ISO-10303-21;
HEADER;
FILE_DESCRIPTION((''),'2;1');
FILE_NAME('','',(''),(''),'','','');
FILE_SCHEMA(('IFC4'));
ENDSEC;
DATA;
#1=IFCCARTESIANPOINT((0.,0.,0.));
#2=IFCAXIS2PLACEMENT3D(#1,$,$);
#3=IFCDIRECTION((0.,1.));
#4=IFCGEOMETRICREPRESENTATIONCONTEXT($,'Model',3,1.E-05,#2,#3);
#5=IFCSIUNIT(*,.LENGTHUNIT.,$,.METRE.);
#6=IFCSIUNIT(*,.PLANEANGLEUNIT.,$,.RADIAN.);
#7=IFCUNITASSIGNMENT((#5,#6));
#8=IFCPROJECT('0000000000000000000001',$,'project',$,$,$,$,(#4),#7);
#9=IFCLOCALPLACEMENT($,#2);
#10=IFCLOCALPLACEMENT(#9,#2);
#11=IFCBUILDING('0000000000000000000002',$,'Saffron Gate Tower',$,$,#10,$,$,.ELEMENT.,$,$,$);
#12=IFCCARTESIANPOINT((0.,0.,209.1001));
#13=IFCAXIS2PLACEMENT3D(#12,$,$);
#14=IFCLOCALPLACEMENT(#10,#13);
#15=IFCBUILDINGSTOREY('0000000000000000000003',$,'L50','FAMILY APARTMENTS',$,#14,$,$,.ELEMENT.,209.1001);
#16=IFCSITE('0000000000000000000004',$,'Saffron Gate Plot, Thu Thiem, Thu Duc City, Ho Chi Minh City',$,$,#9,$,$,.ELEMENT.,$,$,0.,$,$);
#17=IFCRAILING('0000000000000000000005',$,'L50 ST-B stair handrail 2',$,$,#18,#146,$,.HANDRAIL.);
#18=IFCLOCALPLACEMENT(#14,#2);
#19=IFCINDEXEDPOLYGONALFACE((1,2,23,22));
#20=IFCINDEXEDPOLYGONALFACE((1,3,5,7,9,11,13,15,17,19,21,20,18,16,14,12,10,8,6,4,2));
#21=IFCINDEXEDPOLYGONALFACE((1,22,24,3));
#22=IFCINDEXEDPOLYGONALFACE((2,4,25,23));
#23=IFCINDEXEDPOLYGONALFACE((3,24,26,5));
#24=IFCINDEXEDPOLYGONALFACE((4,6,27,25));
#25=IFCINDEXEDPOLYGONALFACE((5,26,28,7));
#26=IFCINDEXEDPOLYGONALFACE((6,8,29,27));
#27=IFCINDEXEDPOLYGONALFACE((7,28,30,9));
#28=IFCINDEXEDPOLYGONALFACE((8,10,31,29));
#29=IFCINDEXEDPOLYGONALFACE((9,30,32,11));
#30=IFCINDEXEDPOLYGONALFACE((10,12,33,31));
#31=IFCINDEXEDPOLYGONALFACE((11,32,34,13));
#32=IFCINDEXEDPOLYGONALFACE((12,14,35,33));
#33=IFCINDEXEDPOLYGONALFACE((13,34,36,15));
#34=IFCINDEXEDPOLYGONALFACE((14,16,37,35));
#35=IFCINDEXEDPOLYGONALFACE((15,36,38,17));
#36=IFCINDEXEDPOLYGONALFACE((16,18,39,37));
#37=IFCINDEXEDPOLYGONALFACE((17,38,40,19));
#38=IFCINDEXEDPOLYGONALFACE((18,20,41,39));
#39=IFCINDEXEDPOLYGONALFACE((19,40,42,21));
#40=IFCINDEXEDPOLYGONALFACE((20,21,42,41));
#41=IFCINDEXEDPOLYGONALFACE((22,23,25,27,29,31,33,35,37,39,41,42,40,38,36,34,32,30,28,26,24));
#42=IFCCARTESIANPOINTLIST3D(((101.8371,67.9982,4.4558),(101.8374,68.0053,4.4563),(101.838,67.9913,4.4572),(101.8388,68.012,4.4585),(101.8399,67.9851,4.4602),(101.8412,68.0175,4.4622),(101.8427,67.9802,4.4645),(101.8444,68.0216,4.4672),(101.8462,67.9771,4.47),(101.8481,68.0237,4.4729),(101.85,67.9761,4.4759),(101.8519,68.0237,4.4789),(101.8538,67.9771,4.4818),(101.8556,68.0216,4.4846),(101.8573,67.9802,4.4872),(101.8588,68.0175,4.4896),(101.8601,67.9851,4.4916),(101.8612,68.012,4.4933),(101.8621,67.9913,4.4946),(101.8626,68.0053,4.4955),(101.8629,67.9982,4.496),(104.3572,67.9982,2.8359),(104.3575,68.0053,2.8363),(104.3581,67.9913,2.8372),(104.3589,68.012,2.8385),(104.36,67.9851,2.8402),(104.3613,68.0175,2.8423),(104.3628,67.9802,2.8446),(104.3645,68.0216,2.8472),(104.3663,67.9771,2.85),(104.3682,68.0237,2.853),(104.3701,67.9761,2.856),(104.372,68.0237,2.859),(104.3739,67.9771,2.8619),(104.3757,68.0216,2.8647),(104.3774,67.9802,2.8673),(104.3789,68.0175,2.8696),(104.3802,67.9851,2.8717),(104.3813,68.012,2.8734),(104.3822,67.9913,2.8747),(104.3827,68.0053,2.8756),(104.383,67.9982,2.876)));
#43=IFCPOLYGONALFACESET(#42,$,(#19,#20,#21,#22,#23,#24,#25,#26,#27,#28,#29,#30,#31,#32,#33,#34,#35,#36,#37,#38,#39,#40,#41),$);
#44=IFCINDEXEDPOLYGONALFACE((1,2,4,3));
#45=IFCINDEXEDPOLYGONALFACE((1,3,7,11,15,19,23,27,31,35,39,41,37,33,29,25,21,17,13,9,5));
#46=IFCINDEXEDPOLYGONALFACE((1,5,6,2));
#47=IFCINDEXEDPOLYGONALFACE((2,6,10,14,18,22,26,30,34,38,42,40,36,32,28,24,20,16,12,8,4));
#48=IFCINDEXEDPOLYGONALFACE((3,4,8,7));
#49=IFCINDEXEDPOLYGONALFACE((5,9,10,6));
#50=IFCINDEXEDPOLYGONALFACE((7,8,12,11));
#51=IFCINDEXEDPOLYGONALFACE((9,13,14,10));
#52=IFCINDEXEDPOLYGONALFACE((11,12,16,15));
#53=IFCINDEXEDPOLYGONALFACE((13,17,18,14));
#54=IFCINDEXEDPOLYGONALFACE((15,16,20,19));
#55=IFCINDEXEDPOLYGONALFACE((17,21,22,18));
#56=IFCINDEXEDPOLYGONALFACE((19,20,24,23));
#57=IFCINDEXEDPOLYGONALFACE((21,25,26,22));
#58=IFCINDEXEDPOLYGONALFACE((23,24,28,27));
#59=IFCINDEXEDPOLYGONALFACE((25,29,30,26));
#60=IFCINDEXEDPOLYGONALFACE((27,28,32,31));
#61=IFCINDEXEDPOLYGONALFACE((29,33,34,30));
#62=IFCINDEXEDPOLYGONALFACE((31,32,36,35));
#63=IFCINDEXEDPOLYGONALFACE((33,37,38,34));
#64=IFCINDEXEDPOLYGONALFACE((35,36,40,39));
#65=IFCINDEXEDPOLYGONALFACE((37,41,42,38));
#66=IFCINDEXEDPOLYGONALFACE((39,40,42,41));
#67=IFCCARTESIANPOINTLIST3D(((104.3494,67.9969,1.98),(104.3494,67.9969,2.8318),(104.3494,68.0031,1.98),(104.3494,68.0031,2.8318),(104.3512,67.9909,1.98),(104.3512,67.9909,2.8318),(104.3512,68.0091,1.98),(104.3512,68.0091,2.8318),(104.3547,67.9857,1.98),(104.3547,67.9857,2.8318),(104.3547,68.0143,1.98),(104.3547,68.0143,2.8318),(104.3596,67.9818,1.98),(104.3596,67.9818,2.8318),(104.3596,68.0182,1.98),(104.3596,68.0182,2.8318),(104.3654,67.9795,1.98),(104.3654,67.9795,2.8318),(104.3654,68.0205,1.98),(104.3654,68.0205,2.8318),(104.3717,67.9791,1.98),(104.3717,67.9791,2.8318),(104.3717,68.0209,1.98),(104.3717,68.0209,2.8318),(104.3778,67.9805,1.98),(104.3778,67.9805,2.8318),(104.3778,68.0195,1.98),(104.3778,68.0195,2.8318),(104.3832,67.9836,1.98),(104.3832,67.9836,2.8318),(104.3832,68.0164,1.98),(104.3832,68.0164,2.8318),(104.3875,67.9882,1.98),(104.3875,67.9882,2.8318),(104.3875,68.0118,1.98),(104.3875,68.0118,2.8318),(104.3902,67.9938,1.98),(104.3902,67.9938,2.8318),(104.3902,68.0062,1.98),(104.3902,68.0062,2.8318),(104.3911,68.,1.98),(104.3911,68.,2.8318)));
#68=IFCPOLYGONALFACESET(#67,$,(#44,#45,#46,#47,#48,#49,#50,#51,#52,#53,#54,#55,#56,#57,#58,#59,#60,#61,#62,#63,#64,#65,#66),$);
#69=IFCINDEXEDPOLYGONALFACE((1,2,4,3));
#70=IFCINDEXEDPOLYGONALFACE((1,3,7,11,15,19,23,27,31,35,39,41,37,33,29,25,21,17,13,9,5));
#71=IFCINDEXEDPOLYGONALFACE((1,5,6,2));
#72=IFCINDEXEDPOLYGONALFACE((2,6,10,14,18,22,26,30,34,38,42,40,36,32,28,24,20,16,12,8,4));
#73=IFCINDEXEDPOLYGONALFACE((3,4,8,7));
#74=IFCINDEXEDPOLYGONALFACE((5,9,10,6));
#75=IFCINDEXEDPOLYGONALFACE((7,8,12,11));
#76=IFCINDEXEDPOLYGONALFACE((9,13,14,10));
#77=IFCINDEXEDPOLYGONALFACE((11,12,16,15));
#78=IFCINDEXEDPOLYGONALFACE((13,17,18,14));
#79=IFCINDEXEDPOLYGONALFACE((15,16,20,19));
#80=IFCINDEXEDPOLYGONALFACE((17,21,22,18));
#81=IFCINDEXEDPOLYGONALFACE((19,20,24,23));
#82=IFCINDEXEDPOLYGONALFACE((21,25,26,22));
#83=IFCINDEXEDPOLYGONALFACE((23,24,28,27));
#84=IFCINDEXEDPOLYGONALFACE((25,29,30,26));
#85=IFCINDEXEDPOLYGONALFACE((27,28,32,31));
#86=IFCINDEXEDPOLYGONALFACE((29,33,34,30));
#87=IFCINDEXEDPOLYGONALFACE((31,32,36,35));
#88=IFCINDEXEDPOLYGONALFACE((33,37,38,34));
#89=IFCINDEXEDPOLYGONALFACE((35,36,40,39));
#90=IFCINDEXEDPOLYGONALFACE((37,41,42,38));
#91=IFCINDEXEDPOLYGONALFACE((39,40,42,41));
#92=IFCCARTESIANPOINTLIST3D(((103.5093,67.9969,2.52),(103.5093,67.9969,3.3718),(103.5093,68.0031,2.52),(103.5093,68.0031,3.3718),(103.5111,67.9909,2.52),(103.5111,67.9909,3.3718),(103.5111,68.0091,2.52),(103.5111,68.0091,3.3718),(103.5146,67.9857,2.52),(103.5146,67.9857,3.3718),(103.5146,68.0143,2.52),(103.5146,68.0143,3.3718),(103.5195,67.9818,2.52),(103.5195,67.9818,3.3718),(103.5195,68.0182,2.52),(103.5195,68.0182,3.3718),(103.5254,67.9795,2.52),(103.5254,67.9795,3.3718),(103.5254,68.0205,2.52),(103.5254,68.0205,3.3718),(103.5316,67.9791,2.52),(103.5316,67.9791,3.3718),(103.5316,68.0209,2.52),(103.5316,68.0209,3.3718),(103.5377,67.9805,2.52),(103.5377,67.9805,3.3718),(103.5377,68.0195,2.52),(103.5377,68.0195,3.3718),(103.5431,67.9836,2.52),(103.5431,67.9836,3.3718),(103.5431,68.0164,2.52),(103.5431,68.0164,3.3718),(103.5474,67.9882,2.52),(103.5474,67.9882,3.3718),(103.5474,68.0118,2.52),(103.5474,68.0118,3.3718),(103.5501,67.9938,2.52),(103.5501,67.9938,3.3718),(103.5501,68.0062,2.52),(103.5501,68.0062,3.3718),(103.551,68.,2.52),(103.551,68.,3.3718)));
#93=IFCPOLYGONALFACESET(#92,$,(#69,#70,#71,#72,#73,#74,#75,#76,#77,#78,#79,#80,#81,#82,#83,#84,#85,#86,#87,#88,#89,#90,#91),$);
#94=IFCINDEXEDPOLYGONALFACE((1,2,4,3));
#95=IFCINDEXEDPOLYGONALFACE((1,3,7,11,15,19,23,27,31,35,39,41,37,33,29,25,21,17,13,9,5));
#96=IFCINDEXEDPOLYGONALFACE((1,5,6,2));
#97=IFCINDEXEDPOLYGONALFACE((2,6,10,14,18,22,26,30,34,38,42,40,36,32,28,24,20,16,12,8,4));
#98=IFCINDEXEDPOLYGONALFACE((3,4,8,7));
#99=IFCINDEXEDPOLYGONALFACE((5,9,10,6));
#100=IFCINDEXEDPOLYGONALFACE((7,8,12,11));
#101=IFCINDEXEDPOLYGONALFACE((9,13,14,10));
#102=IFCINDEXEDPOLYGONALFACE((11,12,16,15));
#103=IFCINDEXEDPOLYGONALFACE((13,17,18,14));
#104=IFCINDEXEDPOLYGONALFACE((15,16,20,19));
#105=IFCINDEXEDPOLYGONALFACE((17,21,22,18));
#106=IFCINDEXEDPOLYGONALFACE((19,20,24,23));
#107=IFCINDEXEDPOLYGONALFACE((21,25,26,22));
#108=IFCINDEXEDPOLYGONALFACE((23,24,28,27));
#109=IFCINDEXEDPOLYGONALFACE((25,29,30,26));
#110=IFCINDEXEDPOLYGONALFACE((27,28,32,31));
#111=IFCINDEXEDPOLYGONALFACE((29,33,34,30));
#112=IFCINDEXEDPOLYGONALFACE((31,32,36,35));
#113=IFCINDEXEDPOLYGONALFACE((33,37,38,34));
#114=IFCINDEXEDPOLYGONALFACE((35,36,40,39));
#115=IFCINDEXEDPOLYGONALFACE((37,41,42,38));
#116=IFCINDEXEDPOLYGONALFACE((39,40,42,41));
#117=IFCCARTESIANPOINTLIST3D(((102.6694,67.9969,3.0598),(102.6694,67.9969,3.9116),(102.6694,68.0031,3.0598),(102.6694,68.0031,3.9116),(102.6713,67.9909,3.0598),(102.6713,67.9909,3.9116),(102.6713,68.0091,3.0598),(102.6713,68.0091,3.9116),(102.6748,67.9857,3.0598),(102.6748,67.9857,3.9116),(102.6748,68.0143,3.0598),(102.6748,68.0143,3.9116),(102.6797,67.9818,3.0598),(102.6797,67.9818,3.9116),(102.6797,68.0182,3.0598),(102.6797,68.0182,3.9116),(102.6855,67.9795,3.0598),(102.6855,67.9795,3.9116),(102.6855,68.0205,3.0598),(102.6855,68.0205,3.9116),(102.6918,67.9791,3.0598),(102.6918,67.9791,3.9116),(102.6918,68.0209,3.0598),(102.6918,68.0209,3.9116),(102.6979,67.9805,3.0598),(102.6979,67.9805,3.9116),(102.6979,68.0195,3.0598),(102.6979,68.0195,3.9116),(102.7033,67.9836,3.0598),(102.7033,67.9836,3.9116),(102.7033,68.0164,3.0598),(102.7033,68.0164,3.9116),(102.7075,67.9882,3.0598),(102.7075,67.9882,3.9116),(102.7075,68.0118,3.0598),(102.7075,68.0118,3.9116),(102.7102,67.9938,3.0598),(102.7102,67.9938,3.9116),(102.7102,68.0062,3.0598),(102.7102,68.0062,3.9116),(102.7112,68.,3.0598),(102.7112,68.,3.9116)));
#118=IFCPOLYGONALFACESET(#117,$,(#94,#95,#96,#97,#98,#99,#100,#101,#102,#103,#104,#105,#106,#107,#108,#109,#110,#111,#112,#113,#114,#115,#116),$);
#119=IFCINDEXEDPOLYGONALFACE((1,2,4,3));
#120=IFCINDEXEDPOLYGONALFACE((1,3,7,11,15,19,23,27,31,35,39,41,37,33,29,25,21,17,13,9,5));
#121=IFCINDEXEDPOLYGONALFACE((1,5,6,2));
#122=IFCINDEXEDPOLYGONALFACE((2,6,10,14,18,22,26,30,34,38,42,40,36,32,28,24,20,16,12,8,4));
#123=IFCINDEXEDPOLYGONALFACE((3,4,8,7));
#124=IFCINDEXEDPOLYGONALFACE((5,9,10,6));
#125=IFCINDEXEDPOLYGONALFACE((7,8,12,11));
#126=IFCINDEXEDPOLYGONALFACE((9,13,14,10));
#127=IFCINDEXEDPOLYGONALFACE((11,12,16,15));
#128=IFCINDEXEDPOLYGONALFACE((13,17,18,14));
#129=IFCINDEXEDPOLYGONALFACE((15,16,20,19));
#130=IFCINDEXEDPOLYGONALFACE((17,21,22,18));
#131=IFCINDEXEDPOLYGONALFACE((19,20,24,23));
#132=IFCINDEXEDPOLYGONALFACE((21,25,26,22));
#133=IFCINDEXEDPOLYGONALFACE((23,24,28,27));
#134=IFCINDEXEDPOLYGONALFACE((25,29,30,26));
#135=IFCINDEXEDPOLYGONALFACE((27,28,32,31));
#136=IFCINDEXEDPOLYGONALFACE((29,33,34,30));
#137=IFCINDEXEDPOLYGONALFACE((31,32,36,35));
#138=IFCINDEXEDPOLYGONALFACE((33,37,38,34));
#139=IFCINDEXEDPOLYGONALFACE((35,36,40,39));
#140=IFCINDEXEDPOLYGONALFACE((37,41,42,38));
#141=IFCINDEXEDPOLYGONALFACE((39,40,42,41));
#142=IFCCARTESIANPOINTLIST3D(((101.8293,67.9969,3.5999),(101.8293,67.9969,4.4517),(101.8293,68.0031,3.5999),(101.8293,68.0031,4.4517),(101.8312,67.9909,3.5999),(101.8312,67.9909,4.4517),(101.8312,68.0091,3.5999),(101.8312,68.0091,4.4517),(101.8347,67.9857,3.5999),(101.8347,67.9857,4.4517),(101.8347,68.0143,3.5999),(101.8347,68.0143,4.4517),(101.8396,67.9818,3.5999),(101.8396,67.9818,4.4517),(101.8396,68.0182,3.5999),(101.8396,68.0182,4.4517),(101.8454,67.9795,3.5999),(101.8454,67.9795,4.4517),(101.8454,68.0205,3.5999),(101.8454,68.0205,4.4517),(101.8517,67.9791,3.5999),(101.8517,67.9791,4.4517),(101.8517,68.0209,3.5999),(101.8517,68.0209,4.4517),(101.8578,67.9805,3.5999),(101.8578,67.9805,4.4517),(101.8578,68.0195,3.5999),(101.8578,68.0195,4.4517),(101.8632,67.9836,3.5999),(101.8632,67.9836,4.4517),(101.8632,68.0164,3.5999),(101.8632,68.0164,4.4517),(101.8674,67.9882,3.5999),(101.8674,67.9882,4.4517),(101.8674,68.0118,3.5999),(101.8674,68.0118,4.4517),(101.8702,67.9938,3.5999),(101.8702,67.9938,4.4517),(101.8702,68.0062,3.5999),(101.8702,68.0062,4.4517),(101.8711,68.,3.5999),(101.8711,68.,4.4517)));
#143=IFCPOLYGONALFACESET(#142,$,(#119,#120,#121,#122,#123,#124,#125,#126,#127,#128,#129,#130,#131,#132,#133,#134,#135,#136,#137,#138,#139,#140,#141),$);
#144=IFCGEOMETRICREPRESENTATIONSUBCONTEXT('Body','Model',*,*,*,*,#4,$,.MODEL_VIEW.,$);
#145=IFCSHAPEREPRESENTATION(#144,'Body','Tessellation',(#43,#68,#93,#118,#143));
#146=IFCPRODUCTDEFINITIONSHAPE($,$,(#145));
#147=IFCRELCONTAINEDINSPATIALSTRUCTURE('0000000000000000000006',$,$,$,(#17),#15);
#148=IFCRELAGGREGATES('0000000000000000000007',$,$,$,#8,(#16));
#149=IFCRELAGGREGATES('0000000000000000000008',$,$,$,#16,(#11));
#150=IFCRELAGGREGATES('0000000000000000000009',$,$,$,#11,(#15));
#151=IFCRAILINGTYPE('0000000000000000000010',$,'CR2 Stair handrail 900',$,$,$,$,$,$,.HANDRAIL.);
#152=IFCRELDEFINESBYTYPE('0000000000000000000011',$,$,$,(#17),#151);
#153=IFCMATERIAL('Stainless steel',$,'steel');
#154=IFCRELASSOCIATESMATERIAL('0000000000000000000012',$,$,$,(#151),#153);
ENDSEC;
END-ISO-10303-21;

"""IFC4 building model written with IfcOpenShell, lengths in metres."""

from ifc_helpers import new_model, si_unit, direction, frame, origin, origin_2d, place, context, subcontext, project, spatial, circle, extrude, material, type_object, element, save


model = new_model("IFC4")

# Units and contexts
model_context = context("Model", 3, precision=1e-05, world=origin(), true_north=direction((0.0, 1.0)))
body_context = subcontext(model_context, "Body", "Model", "MODEL_VIEW")
ifc_project = project(units=[si_unit("LENGTHUNIT", "METRE"), si_unit("PLANEANGLEUNIT", "RADIAN")], contexts=[model_context])

# Site, building, storey
site_placement = place(None, origin())
site = spatial("IfcSite", under=ifc_project, at=site_placement, Name="Saffron Gate Plot, Thu Thiem, Thu Duc City, Ho Chi Minh City", CompositionType="ELEMENT", RefElevation=0.0)
building_placement = place(site_placement, origin())
building = spatial("IfcBuilding", under=site, at=building_placement, Name="Saffron Gate Tower", CompositionType="ELEMENT")
storey_placement = place(building_placement, frame((0.0, 0.0, 209.1001)))
storey = spatial("IfcBuildingStorey", under=building, at=storey_placement, Name="L50", Description="FAMILY APARTMENTS", CompositionType="ELEMENT", Elevation=209.1001)

# Railing
ifc_material_1 = material(Name="Stainless steel", Category="steel")
railing_type_1 = type_object("IfcRailingType", Name="CR2 Stair handrail 900", PredefinedType="HANDRAIL", material=ifc_material_1)
railing_1_placement = place(storey_placement, frame((104.3701, 68.0, 1.98)))
element("IfcRailing", 1, at=railing_1_placement, inside=storey, type_object=railing_type_1, Name="L50 ST-B stair handrail 2", PredefinedType="HANDRAIL", context=body_context, shape_type="SweptSolid", body=[
    extrude(circle(Radius=0.0239, at=origin_2d()), frame((0.0, 0.0, 0.876), z_axis=(-0.8412, 0.0, 0.540725), x_axis=(0.0, -1.0, 0.0)), (0.0, 0.0, 1.0), 2.9958),
    extrude(circle(Radius=0.021, at=origin_2d()), origin(), (0.0, 0.0, 1.0), 0.8518),
    extrude(circle(Radius=0.021, at=origin_2d()), frame((-0.8401, 0.0, 0.54)), (0.0, 0.0, 1.0), 0.8518),
    extrude(circle(Radius=0.021, at=origin_2d()), frame((-1.6799, 0.0, 1.0798)), (0.0, 0.0, 1.0), 0.8518),
    extrude(circle(Radius=0.021, at=origin_2d()), frame((-2.52, 0.0, 1.6199)), (0.0, 0.0, 1.0), 0.8518),
])

save(model, "model.ifc")
